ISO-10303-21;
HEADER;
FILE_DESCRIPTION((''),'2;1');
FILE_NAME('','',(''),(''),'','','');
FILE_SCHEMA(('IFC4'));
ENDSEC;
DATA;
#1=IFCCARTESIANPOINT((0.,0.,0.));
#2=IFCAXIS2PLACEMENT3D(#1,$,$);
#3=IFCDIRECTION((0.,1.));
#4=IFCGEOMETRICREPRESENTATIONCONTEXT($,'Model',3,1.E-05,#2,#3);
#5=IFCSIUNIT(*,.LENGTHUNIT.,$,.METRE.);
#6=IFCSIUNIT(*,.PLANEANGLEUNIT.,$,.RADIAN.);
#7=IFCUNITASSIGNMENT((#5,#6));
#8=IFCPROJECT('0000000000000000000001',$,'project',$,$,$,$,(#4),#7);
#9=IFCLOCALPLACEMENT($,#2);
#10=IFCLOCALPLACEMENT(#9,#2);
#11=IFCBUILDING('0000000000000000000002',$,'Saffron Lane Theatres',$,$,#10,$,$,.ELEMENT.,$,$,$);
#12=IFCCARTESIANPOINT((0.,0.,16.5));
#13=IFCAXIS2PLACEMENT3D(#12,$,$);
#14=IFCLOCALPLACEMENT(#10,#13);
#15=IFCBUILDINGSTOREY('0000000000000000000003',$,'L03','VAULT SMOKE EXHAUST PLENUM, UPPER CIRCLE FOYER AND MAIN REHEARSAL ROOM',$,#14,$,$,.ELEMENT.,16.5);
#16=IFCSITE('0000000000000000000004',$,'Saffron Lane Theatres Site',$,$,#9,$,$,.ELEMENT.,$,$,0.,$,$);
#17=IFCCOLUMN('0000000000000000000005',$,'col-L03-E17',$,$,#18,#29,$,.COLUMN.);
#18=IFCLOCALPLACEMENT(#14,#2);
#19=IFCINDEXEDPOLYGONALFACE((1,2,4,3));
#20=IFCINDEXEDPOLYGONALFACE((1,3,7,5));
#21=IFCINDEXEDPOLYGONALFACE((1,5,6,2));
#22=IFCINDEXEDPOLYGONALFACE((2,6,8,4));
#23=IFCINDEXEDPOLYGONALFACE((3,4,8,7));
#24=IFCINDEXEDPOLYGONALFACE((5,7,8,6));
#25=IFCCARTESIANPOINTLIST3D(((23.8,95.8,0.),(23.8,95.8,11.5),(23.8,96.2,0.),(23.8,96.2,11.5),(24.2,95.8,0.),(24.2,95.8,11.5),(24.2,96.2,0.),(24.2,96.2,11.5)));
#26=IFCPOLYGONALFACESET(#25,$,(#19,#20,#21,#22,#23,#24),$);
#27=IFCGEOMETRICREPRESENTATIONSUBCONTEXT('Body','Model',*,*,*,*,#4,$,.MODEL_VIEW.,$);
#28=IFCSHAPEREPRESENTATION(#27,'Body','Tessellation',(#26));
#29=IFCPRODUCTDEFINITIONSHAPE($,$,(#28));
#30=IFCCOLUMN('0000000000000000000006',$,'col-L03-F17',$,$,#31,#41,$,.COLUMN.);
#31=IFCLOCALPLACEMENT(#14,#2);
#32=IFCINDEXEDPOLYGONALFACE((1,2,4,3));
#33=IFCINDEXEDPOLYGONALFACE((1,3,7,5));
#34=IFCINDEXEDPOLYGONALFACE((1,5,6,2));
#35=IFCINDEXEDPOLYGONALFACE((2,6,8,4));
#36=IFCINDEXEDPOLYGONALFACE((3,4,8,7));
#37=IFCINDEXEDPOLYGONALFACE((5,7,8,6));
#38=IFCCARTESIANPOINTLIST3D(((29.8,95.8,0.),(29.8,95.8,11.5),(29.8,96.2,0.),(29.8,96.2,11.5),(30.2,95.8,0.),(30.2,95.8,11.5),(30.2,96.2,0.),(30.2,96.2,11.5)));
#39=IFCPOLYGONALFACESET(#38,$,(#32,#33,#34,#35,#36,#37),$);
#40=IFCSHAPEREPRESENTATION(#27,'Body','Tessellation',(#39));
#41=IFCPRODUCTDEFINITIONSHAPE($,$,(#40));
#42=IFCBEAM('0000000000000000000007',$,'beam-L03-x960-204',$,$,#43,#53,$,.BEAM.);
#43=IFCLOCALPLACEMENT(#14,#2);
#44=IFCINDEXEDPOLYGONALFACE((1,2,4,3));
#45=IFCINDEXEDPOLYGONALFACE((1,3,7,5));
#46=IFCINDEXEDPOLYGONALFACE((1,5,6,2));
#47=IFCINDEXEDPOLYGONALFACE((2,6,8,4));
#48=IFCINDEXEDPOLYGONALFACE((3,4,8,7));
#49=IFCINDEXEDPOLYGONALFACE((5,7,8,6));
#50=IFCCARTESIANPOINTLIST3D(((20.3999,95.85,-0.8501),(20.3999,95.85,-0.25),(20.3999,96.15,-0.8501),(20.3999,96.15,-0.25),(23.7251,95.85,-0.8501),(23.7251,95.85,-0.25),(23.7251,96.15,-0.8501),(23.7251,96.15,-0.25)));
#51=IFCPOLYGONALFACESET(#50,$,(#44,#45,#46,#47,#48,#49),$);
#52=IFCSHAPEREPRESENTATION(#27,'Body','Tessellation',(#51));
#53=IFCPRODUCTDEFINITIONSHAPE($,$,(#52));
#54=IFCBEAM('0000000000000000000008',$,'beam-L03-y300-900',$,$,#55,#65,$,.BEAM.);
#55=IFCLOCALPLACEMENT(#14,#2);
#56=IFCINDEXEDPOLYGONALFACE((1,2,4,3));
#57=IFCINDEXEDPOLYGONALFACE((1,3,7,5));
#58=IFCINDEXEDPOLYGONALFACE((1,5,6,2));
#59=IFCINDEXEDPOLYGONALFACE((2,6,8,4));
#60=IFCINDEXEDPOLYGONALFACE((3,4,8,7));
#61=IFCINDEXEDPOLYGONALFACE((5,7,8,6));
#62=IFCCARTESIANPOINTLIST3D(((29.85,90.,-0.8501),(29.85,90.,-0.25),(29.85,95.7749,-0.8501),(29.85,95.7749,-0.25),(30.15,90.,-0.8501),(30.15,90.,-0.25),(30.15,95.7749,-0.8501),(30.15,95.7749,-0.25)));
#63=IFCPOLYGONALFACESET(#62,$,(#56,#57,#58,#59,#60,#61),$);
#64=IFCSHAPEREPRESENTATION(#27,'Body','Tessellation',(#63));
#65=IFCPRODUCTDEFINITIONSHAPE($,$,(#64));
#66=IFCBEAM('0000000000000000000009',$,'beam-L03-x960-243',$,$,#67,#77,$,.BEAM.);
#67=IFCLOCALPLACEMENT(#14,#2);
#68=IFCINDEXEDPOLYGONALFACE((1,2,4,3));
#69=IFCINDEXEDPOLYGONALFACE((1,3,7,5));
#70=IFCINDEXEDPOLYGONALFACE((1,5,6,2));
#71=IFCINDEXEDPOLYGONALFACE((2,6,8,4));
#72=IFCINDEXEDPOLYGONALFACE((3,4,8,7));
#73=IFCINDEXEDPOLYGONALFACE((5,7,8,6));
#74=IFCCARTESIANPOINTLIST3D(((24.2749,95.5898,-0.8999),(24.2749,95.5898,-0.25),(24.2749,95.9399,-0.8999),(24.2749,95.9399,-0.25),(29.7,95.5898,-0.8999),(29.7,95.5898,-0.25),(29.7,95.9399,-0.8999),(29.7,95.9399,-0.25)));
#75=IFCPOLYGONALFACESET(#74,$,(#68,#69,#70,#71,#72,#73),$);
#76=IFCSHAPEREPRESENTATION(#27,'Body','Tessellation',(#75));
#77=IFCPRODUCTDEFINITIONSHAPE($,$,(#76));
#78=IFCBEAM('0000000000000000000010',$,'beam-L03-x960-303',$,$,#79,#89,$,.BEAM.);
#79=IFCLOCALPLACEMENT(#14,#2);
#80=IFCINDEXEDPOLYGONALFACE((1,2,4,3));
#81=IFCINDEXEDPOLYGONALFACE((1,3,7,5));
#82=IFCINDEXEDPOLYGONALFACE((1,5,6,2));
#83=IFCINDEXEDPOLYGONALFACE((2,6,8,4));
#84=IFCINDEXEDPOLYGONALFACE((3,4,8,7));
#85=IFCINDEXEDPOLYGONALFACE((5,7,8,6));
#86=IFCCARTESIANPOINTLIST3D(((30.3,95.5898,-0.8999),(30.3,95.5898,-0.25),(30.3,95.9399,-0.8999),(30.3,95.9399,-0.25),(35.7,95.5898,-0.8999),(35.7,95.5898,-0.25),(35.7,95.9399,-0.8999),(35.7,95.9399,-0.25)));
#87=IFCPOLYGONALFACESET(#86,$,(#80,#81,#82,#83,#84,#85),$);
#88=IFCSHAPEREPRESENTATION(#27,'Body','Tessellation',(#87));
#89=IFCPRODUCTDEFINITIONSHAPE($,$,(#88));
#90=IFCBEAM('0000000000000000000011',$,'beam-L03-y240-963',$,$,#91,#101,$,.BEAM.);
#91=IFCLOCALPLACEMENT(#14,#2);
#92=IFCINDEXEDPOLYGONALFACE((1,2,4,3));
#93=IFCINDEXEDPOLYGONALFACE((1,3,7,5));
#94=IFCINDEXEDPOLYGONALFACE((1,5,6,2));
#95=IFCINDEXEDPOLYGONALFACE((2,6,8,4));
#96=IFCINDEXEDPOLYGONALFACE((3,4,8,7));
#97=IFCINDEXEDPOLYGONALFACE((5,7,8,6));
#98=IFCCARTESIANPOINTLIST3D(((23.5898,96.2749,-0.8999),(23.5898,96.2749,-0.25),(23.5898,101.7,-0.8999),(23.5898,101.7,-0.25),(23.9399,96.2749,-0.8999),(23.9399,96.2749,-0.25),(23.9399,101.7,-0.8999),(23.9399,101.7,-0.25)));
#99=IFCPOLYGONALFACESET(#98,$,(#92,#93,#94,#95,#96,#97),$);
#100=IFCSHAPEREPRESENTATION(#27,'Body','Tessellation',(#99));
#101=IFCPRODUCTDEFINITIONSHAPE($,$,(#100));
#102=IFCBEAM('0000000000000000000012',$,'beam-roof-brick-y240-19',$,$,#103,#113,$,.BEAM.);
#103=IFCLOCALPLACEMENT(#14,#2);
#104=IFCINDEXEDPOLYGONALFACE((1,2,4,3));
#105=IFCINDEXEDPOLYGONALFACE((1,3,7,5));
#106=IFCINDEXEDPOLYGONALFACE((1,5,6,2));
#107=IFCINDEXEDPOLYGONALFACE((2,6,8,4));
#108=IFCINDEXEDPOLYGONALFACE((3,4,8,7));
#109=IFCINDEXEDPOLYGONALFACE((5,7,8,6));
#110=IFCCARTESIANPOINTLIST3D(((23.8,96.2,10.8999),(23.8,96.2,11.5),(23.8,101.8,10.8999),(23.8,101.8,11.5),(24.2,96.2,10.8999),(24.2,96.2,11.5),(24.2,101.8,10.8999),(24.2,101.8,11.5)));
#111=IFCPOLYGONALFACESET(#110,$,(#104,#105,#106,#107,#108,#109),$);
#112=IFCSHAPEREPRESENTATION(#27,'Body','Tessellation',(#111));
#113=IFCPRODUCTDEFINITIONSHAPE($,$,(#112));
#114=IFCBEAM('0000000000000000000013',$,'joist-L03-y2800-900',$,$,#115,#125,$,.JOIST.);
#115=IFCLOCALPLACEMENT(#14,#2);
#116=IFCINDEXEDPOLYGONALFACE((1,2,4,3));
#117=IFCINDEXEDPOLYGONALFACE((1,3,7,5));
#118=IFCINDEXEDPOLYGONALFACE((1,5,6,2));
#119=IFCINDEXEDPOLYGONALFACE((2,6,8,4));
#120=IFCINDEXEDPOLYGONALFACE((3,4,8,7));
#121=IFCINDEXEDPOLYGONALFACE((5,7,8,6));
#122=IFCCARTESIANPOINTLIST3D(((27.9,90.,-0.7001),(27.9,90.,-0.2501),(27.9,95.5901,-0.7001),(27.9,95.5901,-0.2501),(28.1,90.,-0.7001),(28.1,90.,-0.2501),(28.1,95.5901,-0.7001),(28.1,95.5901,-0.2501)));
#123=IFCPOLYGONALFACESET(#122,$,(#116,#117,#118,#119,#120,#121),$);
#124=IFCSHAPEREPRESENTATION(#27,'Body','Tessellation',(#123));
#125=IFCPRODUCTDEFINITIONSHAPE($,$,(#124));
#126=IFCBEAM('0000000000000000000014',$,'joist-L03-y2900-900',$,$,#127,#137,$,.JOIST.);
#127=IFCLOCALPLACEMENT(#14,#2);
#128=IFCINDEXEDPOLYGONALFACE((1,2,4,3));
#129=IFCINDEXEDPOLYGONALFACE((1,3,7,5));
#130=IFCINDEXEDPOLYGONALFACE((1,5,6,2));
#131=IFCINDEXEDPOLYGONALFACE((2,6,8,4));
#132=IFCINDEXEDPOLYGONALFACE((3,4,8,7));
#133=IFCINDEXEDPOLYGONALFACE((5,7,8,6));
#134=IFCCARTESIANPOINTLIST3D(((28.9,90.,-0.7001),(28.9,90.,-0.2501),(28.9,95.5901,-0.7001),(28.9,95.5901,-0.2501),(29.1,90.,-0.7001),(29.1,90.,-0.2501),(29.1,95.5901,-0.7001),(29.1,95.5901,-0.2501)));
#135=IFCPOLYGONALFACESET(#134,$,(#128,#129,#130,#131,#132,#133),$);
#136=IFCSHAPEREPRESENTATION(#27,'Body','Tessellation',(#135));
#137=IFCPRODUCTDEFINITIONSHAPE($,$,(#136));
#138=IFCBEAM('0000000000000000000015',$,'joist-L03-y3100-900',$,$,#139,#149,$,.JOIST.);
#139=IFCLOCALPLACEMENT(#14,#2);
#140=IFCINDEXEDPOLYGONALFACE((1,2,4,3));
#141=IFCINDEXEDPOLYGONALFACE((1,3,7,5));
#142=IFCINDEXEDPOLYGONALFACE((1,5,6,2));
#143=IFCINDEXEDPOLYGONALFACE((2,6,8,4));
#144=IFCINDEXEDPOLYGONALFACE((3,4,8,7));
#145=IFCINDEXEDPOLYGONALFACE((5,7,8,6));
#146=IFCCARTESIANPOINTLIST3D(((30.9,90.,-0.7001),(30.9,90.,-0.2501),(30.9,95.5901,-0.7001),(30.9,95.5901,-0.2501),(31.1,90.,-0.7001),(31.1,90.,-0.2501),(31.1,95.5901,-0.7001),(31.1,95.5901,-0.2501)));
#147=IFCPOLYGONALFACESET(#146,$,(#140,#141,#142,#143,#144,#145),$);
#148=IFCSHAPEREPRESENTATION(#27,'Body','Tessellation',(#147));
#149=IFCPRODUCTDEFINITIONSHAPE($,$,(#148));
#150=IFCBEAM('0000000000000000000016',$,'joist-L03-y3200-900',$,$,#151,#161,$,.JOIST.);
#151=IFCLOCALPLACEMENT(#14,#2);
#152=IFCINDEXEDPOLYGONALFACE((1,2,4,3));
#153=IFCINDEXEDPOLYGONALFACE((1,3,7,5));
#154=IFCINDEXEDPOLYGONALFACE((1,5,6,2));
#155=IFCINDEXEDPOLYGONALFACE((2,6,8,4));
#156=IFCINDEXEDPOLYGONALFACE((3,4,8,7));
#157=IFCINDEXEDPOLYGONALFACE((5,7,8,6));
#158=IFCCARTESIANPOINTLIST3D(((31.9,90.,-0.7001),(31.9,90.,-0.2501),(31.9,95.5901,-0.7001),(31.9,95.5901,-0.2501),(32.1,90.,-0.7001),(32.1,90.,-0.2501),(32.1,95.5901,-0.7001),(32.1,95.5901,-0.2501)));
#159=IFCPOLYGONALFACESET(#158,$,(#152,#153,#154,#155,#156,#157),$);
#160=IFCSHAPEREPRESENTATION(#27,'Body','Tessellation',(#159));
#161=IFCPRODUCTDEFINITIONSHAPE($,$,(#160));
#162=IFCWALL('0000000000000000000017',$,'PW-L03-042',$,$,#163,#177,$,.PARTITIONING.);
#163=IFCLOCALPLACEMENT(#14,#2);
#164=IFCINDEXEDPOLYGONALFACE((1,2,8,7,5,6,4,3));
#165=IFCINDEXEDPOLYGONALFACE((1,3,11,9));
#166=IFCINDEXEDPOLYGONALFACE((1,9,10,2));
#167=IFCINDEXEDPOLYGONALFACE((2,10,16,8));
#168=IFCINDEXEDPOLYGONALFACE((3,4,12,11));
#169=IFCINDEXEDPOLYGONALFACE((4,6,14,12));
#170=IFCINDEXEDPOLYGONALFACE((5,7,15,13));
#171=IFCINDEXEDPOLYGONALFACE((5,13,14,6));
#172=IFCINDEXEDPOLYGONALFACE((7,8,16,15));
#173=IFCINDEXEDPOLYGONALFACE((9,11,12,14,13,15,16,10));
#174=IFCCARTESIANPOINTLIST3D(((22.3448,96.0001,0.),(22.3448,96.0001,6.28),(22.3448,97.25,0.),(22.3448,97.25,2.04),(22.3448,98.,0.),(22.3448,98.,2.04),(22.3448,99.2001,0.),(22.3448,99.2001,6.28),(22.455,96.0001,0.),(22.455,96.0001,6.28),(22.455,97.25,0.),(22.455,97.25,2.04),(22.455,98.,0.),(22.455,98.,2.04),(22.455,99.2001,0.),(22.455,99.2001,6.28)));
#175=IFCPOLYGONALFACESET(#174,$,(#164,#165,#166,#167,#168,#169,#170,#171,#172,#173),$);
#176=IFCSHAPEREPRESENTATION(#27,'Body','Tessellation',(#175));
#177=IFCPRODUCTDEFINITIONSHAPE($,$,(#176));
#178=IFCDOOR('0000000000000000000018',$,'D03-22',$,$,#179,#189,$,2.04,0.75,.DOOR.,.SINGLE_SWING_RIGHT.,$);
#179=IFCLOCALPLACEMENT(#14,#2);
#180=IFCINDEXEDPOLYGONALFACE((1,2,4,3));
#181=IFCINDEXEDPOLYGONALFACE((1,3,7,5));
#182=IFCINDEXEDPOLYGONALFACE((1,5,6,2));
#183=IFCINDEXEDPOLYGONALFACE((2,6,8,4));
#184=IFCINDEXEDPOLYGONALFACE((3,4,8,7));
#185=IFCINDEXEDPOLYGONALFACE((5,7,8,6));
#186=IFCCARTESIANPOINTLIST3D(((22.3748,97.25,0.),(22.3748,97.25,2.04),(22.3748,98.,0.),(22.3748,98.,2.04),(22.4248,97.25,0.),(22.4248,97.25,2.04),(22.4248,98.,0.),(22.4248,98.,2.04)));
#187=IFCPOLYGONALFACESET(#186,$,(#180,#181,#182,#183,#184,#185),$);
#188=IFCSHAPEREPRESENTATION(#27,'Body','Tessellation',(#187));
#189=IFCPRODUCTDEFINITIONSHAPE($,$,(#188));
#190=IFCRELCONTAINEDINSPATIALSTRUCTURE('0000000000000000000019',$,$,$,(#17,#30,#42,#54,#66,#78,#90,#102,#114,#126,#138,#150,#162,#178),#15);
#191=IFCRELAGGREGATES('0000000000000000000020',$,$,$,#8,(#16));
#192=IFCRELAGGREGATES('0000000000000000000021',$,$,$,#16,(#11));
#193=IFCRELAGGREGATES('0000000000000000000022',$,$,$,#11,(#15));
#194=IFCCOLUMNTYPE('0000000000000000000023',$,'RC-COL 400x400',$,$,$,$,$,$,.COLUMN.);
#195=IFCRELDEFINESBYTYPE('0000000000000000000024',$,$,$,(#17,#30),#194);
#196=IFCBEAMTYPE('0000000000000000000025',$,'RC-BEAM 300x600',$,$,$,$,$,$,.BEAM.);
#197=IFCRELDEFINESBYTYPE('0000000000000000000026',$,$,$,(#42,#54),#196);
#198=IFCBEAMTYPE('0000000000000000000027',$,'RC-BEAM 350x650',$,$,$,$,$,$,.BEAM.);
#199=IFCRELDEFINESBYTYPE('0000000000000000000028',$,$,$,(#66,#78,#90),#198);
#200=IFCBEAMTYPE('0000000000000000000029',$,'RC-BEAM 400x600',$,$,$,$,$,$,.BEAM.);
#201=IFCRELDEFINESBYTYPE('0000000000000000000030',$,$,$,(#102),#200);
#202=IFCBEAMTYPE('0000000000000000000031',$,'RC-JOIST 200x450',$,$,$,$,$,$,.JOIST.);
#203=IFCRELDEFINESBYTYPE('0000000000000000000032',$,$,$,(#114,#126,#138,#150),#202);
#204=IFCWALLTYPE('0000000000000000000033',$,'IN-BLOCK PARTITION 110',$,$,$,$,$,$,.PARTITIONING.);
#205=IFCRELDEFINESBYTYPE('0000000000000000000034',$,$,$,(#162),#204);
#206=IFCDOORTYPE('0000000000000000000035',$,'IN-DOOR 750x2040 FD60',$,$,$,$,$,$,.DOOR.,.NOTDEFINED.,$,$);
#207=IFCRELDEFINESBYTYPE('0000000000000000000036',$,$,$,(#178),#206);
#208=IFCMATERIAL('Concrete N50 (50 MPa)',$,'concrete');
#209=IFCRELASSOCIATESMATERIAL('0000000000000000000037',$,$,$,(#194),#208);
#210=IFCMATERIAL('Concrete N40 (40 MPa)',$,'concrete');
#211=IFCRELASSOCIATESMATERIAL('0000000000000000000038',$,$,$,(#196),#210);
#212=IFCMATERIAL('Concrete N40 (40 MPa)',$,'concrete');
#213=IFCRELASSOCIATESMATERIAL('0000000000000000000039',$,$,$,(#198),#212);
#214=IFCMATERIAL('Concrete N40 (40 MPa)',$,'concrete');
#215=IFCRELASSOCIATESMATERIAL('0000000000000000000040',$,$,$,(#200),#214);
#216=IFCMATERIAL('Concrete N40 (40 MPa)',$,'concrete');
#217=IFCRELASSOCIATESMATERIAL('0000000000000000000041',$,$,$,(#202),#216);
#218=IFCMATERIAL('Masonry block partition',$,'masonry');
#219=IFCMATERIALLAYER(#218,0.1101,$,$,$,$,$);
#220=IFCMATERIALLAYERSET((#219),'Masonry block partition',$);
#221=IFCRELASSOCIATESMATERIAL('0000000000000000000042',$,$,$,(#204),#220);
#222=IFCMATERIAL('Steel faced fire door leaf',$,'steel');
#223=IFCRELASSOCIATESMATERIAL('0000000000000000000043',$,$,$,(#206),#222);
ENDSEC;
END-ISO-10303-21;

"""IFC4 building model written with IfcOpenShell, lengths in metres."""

from ifc_helpers import new_model, si_unit, direction, frame, frame_2d, origin, origin_2d, place, context, subcontext, project, spatial, rectangle, extrude, material, layer, layer_set, material_profile, profile_set, type_object, element, fill, save


model = new_model("IFC4")

# Units and contexts
model_context = context("Model", 3, precision=1e-05, world=origin(), true_north=direction((0.0, 1.0)))
body_context = subcontext(model_context, "Body", "Model", "MODEL_VIEW")
ifc_project = project(units=[si_unit("LENGTHUNIT", "METRE"), si_unit("PLANEANGLEUNIT", "RADIAN")], contexts=[model_context])

# Site, building, storey
site_placement = place(None, origin())
site = spatial("IfcSite", under=ifc_project, at=site_placement, Name="Saffron Lane Theatres Site", CompositionType="ELEMENT", RefElevation=0.0)
building_placement = place(site_placement, origin())
building = spatial("IfcBuilding", under=site, at=building_placement, Name="Saffron Lane Theatres", CompositionType="ELEMENT")
storey_placement = place(building_placement, frame((0.0, 0.0, 16.5)))
storey = spatial("IfcBuildingStorey", under=building, at=storey_placement, Name="L03", Description="VAULT SMOKE EXHAUST PLENUM, UPPER CIRCLE FOYER AND MAIN REHEARSAL ROOM", CompositionType="ELEMENT", Elevation=16.5)

# Columns
ifc_material_1 = material(Name="Concrete N50 (50 MPa)", Category="concrete")
ifc_material_profile_1 = material_profile(ifc_material_1, rectangle(XDim=0.3999, YDim=0.3999, at=origin_2d()))
ifc_profile_set_1 = profile_set([ifc_material_profile_1], Name="Concrete N50 (50 MPa)")
column_type = type_object("IfcColumnType", Name="RC-COL 400x400", PredefinedType="COLUMN", material=ifc_profile_set_1)
for number, where, z_axis, x_axis, name in (
    (1, (24.0, 96.0, 0.0), (0.0, 0.0, 1.0), (1.0, 0.0, 0.0), "col-L03-E17"),
    (2, (30.0, 96.0, 0.0), (0.0, 0.0, 1.0), (1.0, 0.0, 0.0), "col-L03-F17"),
):
    element("IfcColumn", number, at=place(storey_placement, frame(where, z_axis=z_axis, x_axis=x_axis)), inside=storey, type_object=column_type, Name=name, PredefinedType="COLUMN", context=body_context, shape_type="SweptSolid", body=[
        extrude(rectangle(XDim=0.3999, YDim=0.3999, at=origin_2d()), origin(), (0.0, 0.0, 1.0), 11.5),
    ])

# Beams
ifc_material_2 = material(Name="Concrete N40 (40 MPa)", Category="concrete")
ifc_material_profile_2 = material_profile(ifc_material_2, rectangle(XDim=0.3, YDim=0.6001, at=origin_2d()))
ifc_profile_set_2 = profile_set([ifc_material_profile_2], Name="Concrete N40 (40 MPa)")
beam_type_1 = type_object("IfcBeamType", Name="RC-BEAM 300x600", PredefinedType="BEAM", material=ifc_profile_set_2)
beam_1_placement = place(storey_placement, frame((20.3999, 96.0, -0.55), z_axis=(1.0, 0.0, 0.0), x_axis=(0.0, 1.0, 0.0)))
element("IfcBeam", 3, at=beam_1_placement, inside=storey, type_object=beam_type_1, Name="beam-L03-x960-204", PredefinedType="BEAM", context=body_context, shape_type="SweptSolid", body=[
    extrude(rectangle(XDim=0.3, YDim=0.6001, at=origin_2d()), origin(), (0.0, 0.0, 1.0), 3.3252),
])
beam_2_placement = place(storey_placement, frame((30.0, 90.0, -0.55), z_axis=(0.0, 1.0, 0.0), x_axis=(-1.0, 0.0, 0.0)))
element("IfcBeam", 4, at=beam_2_placement, inside=storey, type_object=beam_type_1, Name="beam-L03-y300-900", PredefinedType="BEAM", context=body_context, shape_type="SweptSolid", body=[
    extrude(rectangle(XDim=0.3, YDim=0.6001, at=origin_2d()), origin(), (0.0, 0.0, 1.0), 5.7749),
])
ifc_material_3 = material(Name="Concrete N40 (40 MPa)", Category="concrete")
ifc_material_profile_3 = material_profile(ifc_material_3, rectangle(XDim=0.3501, YDim=0.6499, at=origin_2d()))
ifc_profile_set_3 = profile_set([ifc_material_profile_3], Name="Concrete N40 (40 MPa)")
beam_type_2 = type_object("IfcBeamType", Name="RC-BEAM 350x650", PredefinedType="BEAM", material=ifc_profile_set_3)
beam_3_placement = place(storey_placement, frame((24.2749, 95.7649, -0.575), z_axis=(1.0, 0.0, 0.0), x_axis=(0.0, 1.0, 0.0)))
element("IfcBeam", 5, at=beam_3_placement, inside=storey, type_object=beam_type_2, Name="beam-L03-x960-243", PredefinedType="BEAM", context=body_context, shape_type="SweptSolid", body=[
    extrude(rectangle(XDim=0.3501, YDim=0.6499, at=origin_2d()), origin(), (0.0, 0.0, 1.0), 5.425),
])
beam_4_placement = place(storey_placement, frame((30.3, 95.7649, -0.575), z_axis=(1.0, 0.0, 0.0), x_axis=(0.0, 1.0, 0.0)))
element("IfcBeam", 6, at=beam_4_placement, inside=storey, type_object=beam_type_2, Name="beam-L03-x960-303", PredefinedType="BEAM", context=body_context, shape_type="SweptSolid", body=[
    extrude(rectangle(XDim=0.3501, YDim=0.6499, at=origin_2d()), origin(), (0.0, 0.0, 1.0), 5.3999),
])
beam_5_placement = place(storey_placement, frame((23.7649, 96.2749, -0.575), z_axis=(0.0, 1.0, 0.0), x_axis=(-1.0, 0.0, 0.0)))
element("IfcBeam", 7, at=beam_5_placement, inside=storey, type_object=beam_type_2, Name="beam-L03-y240-963", PredefinedType="BEAM", context=body_context, shape_type="SweptSolid", body=[
    extrude(rectangle(XDim=0.3501, YDim=0.6499, at=origin_2d()), origin(), (0.0, 0.0, 1.0), 5.425),
])
ifc_material_4 = material(Name="Concrete N40 (40 MPa)", Category="concrete")
ifc_material_profile_4 = material_profile(ifc_material_4, rectangle(XDim=0.3999, YDim=0.6001, at=origin_2d()))
ifc_profile_set_4 = profile_set([ifc_material_profile_4], Name="Concrete N40 (40 MPa)")
beam_type_3 = type_object("IfcBeamType", Name="RC-BEAM 400x600", PredefinedType="BEAM", material=ifc_profile_set_4)
beam_6_placement = place(storey_placement, frame((24.0, 96.2, 11.2), z_axis=(0.0, 1.0, 0.0), x_axis=(-1.0, 0.0, 0.0)))
element("IfcBeam", 8, at=beam_6_placement, inside=storey, type_object=beam_type_3, Name="beam-roof-brick-y240-19", PredefinedType="BEAM", context=body_context, shape_type="SweptSolid", body=[
    extrude(rectangle(XDim=0.3999, YDim=0.6001, at=origin_2d()), origin(), (0.0, 0.0, 1.0), 5.6001),
])
ifc_material_5 = material(Name="Concrete N40 (40 MPa)", Category="concrete")
ifc_material_profile_5 = material_profile(ifc_material_5, rectangle(XDim=0.2, YDim=0.45, at=origin_2d()))
ifc_profile_set_5 = profile_set([ifc_material_profile_5], Name="Concrete N40 (40 MPa)")
beam_type_4 = type_object("IfcBeamType", Name="RC-JOIST 200x450", PredefinedType="JOIST", material=ifc_profile_set_5)
for number, where, z_axis, x_axis, name in (
    (9, (28.0, 90.0, -0.4751), (0.0, 1.0, 0.0), (-1.0, 0.0, 0.0), "joist-L03-y2800-900"),
    (10, (29.0, 90.0, -0.4751), (0.0, 1.0, 0.0), (-1.0, 0.0, 0.0), "joist-L03-y2900-900"),
    (11, (31.0, 90.0, -0.4751), (0.0, 1.0, 0.0), (-1.0, 0.0, 0.0), "joist-L03-y3100-900"),
    (12, (32.0, 90.0, -0.4751), (0.0, 1.0, 0.0), (-1.0, 0.0, 0.0), "joist-L03-y3200-900"),
):
    element("IfcBeam", number, at=place(storey_placement, frame(where, z_axis=z_axis, x_axis=x_axis)), inside=storey, type_object=beam_type_4, Name=name, PredefinedType="JOIST", context=body_context, shape_type="SweptSolid", body=[
        extrude(rectangle(XDim=0.2, YDim=0.45, at=origin_2d()), origin(), (0.0, 0.0, 1.0), 5.5901),
    ])

# Wall, opening, door
ifc_material_6 = material(Name="Masonry block partition", Category="masonry")
ifc_layer_1 = layer(ifc_material_6, 0.1101)
ifc_layer_set_1 = layer_set([ifc_layer_1], Name="Masonry block partition")
wall_type_1 = type_object("IfcWallType", Name="IN-BLOCK PARTITION 110", PredefinedType="PARTITIONING", material=ifc_layer_set_1)
wall_1_placement = place(storey_placement, frame((22.3999, 96.0, 0.0), z_axis=(0.0, 0.0, 1.0), x_axis=(0.0, 1.0, 0.0)))
wall_1 = element("IfcWall", 13, at=wall_1_placement, inside=storey, type_object=wall_type_1, Name="PW-L03-042", PredefinedType="PARTITIONING", context=body_context, shape_type="SweptSolid", body=[
    extrude(rectangle(XDim=3.2, YDim=0.1101, at=frame_2d((1.6001, 0.0))), origin(), (0.0, 0.0, 1.0), 6.28),
])
opening_1_placement = place(wall_1_placement, frame((1.25, 0.0, 0.0)))
opening_1 = element("IfcOpeningElement", 14, at=opening_1_placement, cuts=wall_1, PredefinedType="OPENING", context=body_context, shape_type="SweptSolid", body=[
    extrude(rectangle(XDim=0.75, YDim=2.04, at=frame_2d((0.375, 1.02))), frame((0.0, 0.0649, 0.0), z_axis=(0.0, -1.0, 0.0), x_axis=(1.0, 0.0, 0.0)), (0.0, 0.0, 1.0), 0.1301),
])
ifc_material_7 = material(Name="Steel faced fire door leaf", Category="steel")
door_type_1 = type_object("IfcDoorType", Name="IN-DOOR 750x2040 FD60", OperationType="NOTDEFINED", PredefinedType="DOOR", material=ifc_material_7)
door_1_placement = place(opening_1_placement, frame((0.75, 0.0, 0.0), z_axis=(0.0, 0.0, 1.0), x_axis=(-1.0, 0.0, 0.0)))
door_1 = element("IfcDoor", 15, at=door_1_placement, inside=storey, type_object=door_type_1, Name="D03-22", OperationType="SINGLE_SWING_RIGHT", OverallHeight=2.04, OverallWidth=0.75, PredefinedType="DOOR", context=body_context, shape_type="SweptSolid", body=[
    extrude(rectangle(XDim=0.75, YDim=2.04, at=frame_2d((0.375, 1.02))), frame((0.0, 0.0249, 0.0), z_axis=(0.0, -1.0, 0.0), x_axis=(1.0, 0.0, 0.0)), (0.0, 0.0, 1.0), 0.05),
])
fill(opening_1, door_1)

save(model, "model.ifc")
